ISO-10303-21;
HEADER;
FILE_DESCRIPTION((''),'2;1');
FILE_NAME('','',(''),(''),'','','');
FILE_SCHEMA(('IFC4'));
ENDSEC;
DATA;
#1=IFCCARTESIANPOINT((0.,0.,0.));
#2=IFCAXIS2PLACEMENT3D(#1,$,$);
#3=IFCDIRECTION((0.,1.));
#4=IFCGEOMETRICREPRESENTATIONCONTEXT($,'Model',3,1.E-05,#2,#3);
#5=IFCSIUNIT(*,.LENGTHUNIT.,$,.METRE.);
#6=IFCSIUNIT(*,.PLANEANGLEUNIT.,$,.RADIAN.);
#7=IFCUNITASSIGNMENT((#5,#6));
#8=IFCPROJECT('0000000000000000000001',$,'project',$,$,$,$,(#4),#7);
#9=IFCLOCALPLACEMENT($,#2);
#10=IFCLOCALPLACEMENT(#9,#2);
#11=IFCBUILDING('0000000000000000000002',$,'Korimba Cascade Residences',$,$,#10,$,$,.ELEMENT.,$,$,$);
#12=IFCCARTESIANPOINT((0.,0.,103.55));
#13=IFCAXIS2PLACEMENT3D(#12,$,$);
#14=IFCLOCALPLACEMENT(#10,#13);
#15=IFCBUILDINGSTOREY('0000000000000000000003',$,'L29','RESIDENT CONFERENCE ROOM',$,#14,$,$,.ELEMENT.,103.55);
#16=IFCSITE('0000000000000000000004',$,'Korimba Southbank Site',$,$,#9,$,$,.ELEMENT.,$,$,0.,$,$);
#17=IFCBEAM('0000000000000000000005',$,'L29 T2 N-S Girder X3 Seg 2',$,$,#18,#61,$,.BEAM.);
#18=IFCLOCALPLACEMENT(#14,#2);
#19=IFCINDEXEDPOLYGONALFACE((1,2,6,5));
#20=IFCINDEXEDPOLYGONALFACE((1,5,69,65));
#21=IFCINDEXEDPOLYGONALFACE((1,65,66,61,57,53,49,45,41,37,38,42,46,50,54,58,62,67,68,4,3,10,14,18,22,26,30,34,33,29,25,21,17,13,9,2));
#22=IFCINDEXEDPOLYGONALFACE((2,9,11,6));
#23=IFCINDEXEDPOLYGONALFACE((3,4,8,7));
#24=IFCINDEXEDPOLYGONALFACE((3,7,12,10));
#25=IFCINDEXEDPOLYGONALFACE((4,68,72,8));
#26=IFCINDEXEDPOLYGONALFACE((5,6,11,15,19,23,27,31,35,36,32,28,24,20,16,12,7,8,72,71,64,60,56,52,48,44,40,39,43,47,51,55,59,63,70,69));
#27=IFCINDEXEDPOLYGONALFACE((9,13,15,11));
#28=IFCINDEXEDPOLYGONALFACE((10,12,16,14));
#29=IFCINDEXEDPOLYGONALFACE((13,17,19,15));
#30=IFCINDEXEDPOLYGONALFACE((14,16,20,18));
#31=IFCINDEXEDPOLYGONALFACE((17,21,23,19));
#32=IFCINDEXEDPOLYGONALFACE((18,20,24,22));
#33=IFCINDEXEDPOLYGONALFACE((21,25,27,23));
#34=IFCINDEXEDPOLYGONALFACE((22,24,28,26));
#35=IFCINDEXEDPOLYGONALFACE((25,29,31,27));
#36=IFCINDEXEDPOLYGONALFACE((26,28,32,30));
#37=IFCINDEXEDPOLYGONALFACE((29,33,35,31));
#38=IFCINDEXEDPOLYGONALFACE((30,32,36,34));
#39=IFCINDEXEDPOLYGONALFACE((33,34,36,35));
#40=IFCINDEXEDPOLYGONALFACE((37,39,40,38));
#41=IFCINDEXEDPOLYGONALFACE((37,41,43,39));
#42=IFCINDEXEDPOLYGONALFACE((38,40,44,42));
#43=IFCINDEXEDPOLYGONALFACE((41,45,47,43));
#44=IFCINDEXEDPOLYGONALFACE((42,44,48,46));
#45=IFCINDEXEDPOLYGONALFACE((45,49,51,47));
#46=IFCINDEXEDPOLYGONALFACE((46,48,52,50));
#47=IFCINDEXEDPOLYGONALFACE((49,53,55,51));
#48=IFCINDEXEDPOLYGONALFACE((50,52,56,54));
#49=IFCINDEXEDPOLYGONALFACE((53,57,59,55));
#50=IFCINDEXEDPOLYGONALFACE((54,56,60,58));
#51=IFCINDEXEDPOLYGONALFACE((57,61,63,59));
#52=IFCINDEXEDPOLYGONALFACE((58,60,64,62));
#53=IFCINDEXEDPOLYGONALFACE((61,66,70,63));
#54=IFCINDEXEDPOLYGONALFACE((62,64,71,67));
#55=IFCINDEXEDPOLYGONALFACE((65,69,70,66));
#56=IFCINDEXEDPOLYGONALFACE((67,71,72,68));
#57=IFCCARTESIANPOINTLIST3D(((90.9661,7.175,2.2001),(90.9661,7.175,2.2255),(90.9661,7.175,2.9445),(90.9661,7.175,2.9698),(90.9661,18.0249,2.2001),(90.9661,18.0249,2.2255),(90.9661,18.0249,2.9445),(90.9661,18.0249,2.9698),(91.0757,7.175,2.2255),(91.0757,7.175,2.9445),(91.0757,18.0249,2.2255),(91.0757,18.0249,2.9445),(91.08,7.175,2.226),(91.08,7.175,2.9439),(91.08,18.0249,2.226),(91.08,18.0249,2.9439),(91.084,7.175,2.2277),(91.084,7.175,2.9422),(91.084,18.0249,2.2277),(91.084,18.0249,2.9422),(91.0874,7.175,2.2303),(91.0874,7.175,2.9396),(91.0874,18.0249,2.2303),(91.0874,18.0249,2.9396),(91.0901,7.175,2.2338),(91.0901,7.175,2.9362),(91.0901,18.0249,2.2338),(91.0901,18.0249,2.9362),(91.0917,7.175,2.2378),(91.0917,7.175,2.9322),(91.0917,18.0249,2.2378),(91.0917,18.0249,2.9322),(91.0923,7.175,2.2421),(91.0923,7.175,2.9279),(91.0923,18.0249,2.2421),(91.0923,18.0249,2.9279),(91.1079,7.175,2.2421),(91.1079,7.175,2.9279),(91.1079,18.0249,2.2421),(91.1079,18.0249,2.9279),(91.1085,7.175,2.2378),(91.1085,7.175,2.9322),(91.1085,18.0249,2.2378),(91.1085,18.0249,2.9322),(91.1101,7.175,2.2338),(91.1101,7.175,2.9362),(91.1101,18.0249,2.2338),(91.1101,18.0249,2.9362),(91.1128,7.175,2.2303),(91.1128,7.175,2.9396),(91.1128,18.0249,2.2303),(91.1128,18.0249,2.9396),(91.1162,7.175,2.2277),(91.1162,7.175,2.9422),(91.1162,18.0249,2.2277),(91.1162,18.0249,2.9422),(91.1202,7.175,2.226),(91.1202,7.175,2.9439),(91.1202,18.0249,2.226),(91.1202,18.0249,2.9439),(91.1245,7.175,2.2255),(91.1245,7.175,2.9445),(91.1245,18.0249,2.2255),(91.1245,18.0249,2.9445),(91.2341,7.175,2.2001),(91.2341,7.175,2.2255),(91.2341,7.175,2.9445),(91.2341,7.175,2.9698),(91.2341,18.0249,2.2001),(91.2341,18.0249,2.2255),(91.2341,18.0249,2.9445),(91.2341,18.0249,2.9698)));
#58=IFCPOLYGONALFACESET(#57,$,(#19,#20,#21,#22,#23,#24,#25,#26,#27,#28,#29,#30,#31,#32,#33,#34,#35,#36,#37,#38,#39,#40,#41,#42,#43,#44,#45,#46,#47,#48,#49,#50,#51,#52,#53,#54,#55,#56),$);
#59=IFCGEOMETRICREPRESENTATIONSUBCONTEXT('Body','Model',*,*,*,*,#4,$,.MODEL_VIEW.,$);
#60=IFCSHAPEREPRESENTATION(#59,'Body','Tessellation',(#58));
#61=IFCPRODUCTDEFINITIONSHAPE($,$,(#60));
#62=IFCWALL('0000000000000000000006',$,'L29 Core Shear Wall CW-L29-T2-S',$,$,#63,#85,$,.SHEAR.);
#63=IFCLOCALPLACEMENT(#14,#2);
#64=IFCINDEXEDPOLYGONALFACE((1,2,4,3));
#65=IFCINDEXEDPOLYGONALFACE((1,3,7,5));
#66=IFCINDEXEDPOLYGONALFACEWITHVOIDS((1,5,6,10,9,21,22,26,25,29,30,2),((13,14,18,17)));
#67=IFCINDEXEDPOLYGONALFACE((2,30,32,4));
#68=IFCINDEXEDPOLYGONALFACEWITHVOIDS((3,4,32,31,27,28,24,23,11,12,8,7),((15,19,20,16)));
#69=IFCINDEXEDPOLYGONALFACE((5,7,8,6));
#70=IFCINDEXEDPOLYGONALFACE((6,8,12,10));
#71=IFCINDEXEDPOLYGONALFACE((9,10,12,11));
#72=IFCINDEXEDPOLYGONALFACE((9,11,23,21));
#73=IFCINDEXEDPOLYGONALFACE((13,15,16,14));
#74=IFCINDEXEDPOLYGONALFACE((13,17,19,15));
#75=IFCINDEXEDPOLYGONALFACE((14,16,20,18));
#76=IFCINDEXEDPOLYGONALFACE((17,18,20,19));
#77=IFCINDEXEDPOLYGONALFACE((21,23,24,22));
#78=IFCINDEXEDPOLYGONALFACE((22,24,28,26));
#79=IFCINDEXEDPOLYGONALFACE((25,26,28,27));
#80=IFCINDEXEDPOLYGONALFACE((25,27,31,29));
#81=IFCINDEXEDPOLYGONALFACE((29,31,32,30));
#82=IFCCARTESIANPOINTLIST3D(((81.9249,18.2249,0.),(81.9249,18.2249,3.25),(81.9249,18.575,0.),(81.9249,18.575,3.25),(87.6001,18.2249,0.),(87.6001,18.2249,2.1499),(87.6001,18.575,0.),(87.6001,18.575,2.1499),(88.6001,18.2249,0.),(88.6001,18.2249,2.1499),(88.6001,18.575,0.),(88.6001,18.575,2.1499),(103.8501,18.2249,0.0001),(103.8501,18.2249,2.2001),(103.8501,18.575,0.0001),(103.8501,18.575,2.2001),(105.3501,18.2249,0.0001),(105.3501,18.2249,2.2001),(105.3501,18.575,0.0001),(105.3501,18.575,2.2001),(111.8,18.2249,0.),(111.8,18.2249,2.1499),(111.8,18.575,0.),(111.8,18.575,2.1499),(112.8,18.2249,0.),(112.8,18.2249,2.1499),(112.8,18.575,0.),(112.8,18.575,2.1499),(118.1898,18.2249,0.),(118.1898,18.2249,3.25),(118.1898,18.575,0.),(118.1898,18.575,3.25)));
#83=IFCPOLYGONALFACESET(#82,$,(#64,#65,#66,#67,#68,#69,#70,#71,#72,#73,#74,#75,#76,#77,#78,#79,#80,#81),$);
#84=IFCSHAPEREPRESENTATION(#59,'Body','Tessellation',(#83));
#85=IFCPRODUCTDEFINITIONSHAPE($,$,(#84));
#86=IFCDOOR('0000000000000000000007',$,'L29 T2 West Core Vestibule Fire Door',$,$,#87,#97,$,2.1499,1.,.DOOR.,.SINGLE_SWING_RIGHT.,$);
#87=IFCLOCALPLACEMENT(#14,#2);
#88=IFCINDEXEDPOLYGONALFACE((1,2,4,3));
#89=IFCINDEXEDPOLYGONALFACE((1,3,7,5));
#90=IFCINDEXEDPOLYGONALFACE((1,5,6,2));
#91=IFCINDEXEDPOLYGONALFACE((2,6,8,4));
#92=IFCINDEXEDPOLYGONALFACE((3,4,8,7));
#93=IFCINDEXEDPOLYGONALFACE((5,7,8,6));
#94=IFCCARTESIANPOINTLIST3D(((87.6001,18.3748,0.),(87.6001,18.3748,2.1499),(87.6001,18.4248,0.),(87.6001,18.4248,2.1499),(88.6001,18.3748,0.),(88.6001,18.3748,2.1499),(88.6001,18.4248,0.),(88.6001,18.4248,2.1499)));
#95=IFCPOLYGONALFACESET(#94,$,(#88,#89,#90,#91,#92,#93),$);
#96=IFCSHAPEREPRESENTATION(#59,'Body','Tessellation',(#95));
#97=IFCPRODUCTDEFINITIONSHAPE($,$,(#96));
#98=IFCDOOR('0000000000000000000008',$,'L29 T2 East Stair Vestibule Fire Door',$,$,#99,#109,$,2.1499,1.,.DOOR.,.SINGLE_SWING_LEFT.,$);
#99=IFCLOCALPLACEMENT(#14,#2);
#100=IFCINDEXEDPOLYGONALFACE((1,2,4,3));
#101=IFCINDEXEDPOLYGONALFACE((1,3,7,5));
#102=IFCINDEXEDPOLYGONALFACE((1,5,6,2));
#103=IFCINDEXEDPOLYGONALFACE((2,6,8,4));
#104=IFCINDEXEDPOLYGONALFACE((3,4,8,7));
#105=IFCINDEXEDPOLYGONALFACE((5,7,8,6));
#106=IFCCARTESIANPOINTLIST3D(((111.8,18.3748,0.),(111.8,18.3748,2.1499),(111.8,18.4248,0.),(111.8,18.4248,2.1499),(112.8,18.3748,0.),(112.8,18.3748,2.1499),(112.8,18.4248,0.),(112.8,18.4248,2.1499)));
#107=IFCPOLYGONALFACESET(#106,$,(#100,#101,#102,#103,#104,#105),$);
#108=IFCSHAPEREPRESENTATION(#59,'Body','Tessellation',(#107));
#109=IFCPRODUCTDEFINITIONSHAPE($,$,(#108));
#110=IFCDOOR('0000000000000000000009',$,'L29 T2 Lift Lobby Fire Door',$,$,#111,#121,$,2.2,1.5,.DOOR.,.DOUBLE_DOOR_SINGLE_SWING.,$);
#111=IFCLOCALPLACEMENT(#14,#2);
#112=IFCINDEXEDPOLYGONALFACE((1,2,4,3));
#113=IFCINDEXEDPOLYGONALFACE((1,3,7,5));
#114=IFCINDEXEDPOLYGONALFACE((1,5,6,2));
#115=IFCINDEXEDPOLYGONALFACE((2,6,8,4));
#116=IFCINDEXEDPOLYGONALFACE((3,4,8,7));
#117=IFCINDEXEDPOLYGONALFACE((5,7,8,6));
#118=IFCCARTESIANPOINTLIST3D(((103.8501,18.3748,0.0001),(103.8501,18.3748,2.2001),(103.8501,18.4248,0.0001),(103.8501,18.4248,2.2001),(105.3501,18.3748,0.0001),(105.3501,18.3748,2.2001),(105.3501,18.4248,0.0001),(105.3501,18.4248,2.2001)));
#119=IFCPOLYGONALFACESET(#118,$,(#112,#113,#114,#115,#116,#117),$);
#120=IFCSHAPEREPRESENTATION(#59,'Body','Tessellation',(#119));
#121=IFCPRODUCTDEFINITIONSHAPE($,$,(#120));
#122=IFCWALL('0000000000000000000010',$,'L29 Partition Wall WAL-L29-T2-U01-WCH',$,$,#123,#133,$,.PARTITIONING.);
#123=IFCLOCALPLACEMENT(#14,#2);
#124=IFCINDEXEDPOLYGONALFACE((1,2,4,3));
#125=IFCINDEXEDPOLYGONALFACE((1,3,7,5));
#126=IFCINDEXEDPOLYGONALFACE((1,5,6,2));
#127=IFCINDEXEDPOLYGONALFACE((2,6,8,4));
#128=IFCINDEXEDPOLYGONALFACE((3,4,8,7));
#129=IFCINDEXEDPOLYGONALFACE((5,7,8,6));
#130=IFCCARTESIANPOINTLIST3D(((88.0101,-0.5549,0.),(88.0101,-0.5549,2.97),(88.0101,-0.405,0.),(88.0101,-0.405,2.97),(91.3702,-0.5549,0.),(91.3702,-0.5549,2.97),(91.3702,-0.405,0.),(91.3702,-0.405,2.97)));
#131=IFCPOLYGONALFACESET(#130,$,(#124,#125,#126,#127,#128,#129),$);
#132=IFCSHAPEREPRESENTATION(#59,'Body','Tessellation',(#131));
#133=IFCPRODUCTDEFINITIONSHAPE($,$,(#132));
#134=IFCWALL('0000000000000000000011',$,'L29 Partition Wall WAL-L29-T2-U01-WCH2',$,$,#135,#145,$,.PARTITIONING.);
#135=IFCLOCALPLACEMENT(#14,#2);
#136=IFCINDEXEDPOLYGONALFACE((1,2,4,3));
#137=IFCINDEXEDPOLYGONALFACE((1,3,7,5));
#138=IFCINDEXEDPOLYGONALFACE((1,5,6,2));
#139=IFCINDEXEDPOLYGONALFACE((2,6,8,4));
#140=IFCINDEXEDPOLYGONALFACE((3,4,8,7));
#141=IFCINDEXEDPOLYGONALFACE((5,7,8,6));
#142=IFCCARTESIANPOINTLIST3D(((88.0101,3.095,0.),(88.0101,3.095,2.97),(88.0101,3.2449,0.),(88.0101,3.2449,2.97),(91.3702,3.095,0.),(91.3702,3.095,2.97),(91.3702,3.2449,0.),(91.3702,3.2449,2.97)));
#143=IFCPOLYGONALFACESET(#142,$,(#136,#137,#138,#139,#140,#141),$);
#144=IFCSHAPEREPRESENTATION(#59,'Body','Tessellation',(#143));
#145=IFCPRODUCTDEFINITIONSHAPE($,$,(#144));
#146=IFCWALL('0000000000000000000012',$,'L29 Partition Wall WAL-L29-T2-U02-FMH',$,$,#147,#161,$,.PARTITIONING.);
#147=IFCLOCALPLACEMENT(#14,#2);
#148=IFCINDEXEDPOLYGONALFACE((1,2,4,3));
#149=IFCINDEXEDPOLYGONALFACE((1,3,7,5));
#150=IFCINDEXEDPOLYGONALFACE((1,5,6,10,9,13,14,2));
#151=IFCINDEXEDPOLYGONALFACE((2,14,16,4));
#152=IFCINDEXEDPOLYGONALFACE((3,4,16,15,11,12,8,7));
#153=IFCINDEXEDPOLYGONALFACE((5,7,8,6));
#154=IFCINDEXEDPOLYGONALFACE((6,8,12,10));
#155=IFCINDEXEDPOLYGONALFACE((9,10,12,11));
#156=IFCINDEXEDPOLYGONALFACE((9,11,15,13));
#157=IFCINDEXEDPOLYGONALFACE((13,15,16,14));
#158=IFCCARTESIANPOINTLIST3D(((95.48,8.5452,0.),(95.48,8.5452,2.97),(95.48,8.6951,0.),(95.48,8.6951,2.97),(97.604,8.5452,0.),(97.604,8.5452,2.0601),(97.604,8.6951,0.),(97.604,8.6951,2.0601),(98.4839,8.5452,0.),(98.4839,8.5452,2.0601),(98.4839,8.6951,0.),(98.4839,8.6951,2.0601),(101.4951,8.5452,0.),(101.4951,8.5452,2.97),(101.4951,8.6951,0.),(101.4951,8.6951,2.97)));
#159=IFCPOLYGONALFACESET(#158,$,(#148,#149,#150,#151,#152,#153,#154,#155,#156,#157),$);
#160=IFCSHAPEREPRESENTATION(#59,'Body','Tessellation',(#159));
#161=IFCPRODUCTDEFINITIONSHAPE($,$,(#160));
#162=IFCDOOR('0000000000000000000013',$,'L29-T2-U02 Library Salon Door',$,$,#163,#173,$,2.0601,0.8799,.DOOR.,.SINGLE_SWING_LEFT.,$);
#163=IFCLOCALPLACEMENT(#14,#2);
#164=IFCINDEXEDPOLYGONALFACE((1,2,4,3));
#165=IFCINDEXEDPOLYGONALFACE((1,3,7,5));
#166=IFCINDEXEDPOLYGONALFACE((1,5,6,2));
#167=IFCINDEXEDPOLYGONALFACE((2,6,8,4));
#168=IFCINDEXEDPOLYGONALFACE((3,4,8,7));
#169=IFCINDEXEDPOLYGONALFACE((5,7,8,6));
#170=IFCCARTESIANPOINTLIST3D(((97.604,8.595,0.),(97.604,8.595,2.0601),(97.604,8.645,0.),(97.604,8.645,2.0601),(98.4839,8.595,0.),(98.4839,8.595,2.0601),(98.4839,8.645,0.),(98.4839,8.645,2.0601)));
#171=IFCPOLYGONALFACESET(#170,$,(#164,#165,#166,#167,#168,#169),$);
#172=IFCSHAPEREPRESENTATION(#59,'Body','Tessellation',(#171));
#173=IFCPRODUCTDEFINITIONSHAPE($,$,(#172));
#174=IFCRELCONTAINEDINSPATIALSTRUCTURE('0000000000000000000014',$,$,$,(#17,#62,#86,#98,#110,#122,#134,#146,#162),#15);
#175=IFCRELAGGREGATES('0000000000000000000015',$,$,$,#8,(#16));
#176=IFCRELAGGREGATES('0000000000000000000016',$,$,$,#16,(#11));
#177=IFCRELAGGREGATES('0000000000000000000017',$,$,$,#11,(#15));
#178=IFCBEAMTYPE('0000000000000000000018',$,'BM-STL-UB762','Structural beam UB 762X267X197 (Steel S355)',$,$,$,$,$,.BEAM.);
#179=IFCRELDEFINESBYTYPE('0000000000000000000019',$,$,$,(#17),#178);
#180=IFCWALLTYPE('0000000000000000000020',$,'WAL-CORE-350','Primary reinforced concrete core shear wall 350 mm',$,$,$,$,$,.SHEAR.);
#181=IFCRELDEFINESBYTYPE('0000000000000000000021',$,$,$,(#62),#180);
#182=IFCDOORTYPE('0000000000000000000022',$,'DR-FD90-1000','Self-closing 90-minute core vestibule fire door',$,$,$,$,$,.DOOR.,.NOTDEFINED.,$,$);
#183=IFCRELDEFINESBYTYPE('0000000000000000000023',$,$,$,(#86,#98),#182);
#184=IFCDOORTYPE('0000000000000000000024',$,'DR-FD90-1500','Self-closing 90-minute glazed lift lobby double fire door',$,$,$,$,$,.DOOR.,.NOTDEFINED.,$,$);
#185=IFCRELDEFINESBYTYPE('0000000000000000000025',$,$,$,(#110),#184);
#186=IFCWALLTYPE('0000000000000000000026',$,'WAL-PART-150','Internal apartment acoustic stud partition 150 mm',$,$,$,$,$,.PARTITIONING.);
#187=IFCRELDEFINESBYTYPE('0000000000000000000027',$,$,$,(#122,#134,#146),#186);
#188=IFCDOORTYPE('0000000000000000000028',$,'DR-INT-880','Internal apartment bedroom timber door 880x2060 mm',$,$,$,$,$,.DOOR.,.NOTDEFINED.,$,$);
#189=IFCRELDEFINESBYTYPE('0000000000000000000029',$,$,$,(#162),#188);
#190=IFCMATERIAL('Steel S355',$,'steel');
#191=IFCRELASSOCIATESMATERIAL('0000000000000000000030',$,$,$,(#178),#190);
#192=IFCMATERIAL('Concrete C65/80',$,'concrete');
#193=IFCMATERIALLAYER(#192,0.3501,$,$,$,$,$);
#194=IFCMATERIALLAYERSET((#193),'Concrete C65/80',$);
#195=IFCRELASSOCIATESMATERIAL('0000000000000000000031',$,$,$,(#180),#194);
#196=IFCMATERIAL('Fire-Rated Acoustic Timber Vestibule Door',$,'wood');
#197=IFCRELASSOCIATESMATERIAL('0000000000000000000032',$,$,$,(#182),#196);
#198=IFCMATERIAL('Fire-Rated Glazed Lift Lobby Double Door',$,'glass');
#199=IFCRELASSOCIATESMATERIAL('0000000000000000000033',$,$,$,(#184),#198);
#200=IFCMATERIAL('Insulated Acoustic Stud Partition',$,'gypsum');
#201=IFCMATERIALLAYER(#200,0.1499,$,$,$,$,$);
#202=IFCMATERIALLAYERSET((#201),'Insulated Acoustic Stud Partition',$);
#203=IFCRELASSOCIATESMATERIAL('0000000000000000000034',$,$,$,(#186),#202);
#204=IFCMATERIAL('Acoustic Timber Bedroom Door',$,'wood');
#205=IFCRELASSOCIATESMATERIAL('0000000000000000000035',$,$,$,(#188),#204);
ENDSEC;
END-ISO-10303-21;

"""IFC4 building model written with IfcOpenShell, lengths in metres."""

from ifc_helpers import new_model, si_unit, direction, frame, frame_2d, origin, origin_2d, place, context, subcontext, project, spatial, rectangle, i_section, extrude, material, layer, layer_set, material_profile, profile_set, type_object, element, fill, save


model = new_model("IFC4")

# Units and contexts
model_context = context("Model", 3, precision=1e-05, world=origin(), true_north=direction((0.0, 1.0)))
body_context = subcontext(model_context, "Body", "Model", "MODEL_VIEW")
ifc_project = project(units=[si_unit("LENGTHUNIT", "METRE"), si_unit("PLANEANGLEUNIT", "RADIAN")], contexts=[model_context])

# Site, building, storey
site_placement = place(None, origin())
site = spatial("IfcSite", under=ifc_project, at=site_placement, Name="Korimba Southbank Site", CompositionType="ELEMENT", RefElevation=0.0)
building_placement = place(site_placement, origin())
building = spatial("IfcBuilding", under=site, at=building_placement, Name="Korimba Cascade Residences", CompositionType="ELEMENT")
storey_placement = place(building_placement, frame((0.0, 0.0, 103.55)))
storey = spatial("IfcBuildingStorey", under=building, at=storey_placement, Name="L29", Description="RESIDENT CONFERENCE ROOM", CompositionType="ELEMENT", Elevation=103.55)

# Shared definitions
ifc_material_1 = material(Name="Concrete C65/80", Category="concrete")

# Beam
ifc_material_2 = material(Name="Steel S355", Category="steel")
ifc_material_profile_1 = material_profile(ifc_material_2, i_section(OverallWidth=0.2681, OverallDepth=0.7698, WebThickness=0.0156, FlangeThickness=0.0254, FilletRadius=0.0166, at=origin_2d()), Name="Steel S355")
ifc_profile_set_1 = profile_set([ifc_material_profile_1], Name="Steel S355")
beam_type_1 = type_object("IfcBeamType", Name="BM-STL-UB762", Description="Structural beam UB 762X267X197 (Steel S355)", PredefinedType="BEAM", material=ifc_profile_set_1)
for number, where, z_axis, x_axis, name in (
    (1, (91.1001, 7.175, 2.585), (0.0, 1.0, 0.0), (-1.0, 0.0, 0.0), "L29 T2 N-S Girder X3 Seg 2"),
):
    element("IfcBeam", number, at=place(storey_placement, frame(where, z_axis=z_axis, x_axis=x_axis)), inside=storey, type_object=beam_type_1, Name=name, PredefinedType="BEAM", context=body_context, shape_type="SweptSolid", body=[
        extrude(i_section(OverallWidth=0.2681, OverallDepth=0.7698, WebThickness=0.0156, FlangeThickness=0.0254, FilletRadius=0.0166, at=origin_2d()), origin(), (0.0, 0.0, 1.0), 10.8499),
    ])

# Wall, openings, doors
ifc_layer_1 = layer(ifc_material_1, 0.3501)
ifc_layer_set_1 = layer_set([ifc_layer_1], Name="Concrete C65/80")
wall_type_1 = type_object("IfcWallType", Name="WAL-CORE-350", Description="Primary reinforced concrete core shear wall 350 mm", PredefinedType="SHEAR", material=ifc_layer_set_1)
wall_1_placement = place(storey_placement, frame((81.925, 18.3999, 0.0), z_axis=(0.0, 0.0, 1.0), x_axis=(1.0, 0.0, 0.0)))
wall_1 = element("IfcWall", 2, at=wall_1_placement, inside=storey, type_object=wall_type_1, Name="L29 Core Shear Wall CW-L29-T2-S", PredefinedType="SHEAR", context=body_context, shape_type="SweptSolid", body=[
    extrude(rectangle(XDim=36.2649, YDim=0.3501, at=frame_2d((18.1323, 0.0))), origin(), (0.0, 0.0, 1.0), 3.25),
])
opening_1_placement = place(wall_1_placement, frame((5.675, 0.0, 0.0)))
opening_1 = element("IfcOpeningElement", 3, at=opening_1_placement, cuts=wall_1, PredefinedType="OPENING", context=body_context, shape_type="SweptSolid", body=[
    extrude(rectangle(XDim=1.0, YDim=2.1499, at=frame_2d((0.5, 1.075))), frame((0.0, 0.1851, 0.0), z_axis=(0.0, -1.0, 0.0), x_axis=(1.0, 0.0, 0.0)), (0.0, 0.0, 1.0), 0.3701),
])
opening_2_placement = place(wall_1_placement, frame((21.925, 0.0, 0.0)))
opening_2 = element("IfcOpeningElement", 4, at=opening_2_placement, cuts=wall_1, PredefinedType="OPENING", context=body_context, shape_type="SweptSolid", body=[
    extrude(rectangle(XDim=1.5, YDim=2.2, at=frame_2d((0.75, 1.1001))), frame((0.0, 0.1851, 0.0), z_axis=(0.0, -1.0, 0.0), x_axis=(1.0, 0.0, 0.0)), (0.0, 0.0, 1.0), 0.3701),
])
opening_3_placement = place(wall_1_placement, frame((29.875, 0.0, 0.0)))
opening_3 = element("IfcOpeningElement", 5, at=opening_3_placement, cuts=wall_1, PredefinedType="OPENING", context=body_context, shape_type="SweptSolid", body=[
    extrude(rectangle(XDim=1.0, YDim=2.1499, at=frame_2d((0.5, 1.075))), frame((0.0, 0.1851, 0.0), z_axis=(0.0, -1.0, 0.0), x_axis=(1.0, 0.0, 0.0)), (0.0, 0.0, 1.0), 0.3701),
])
ifc_material_3 = material(Name="Fire-Rated Acoustic Timber Vestibule Door", Category="wood")
door_type_1 = type_object("IfcDoorType", Name="DR-FD90-1000", Description="Self-closing 90-minute core vestibule fire door", OperationType="NOTDEFINED", PredefinedType="DOOR", material=ifc_material_3)
door_1_placement = place(opening_1_placement, origin())
door_1 = element("IfcDoor", 6, at=door_1_placement, inside=storey, type_object=door_type_1, Name="L29 T2 West Core Vestibule Fire Door", OperationType="SINGLE_SWING_RIGHT", OverallHeight=2.1499, OverallWidth=1.0, PredefinedType="DOOR", context=body_context, shape_type="SweptSolid", body=[
    extrude(rectangle(XDim=1.0, YDim=2.1499, at=frame_2d((0.5, 1.075))), frame((0.0, 0.0249, 0.0), z_axis=(0.0, -1.0, 0.0), x_axis=(1.0, 0.0, 0.0)), (0.0, 0.0, 1.0), 0.05),
])
fill(opening_1, door_1)
door_2_placement = place(opening_3_placement, origin())
door_2 = element("IfcDoor", 7, at=door_2_placement, inside=storey, type_object=door_type_1, Name="L29 T2 East Stair Vestibule Fire Door", OperationType="SINGLE_SWING_LEFT", OverallHeight=2.1499, OverallWidth=1.0, PredefinedType="DOOR", context=body_context, shape_type="SweptSolid", body=[
    extrude(rectangle(XDim=1.0, YDim=2.1499, at=frame_2d((0.5, 1.075))), frame((0.0, 0.0249, 0.0), z_axis=(0.0, -1.0, 0.0), x_axis=(1.0, 0.0, 0.0)), (0.0, 0.0, 1.0), 0.05),
])
fill(opening_3, door_2)
ifc_material_4 = material(Name="Fire-Rated Glazed Lift Lobby Double Door", Category="glass")
door_type_2 = type_object("IfcDoorType", Name="DR-FD90-1500", Description="Self-closing 90-minute glazed lift lobby double fire door", OperationType="NOTDEFINED", PredefinedType="DOOR", material=ifc_material_4)
door_3_placement = place(opening_2_placement, origin())
door_3 = element("IfcDoor", 8, at=door_3_placement, inside=storey, type_object=door_type_2, Name="L29 T2 Lift Lobby Fire Door", OperationType="DOUBLE_DOOR_SINGLE_SWING", OverallHeight=2.2, OverallWidth=1.5, PredefinedType="DOOR", context=body_context, shape_type="SweptSolid", body=[
    extrude(rectangle(XDim=1.5, YDim=2.2, at=frame_2d((0.75, 1.1001))), frame((0.0, 0.0249, 0.0), z_axis=(0.0, -1.0, 0.0), x_axis=(1.0, 0.0, 0.0)), (0.0, 0.0, 1.0), 0.05),
])
fill(opening_2, door_3)

# Walls
ifc_material_5 = material(Name="Insulated Acoustic Stud Partition", Category="gypsum")
ifc_layer_2 = layer(ifc_material_5, 0.1499)
ifc_layer_set_2 = layer_set([ifc_layer_2], Name="Insulated Acoustic Stud Partition")
wall_type_2 = type_object("IfcWallType", Name="WAL-PART-150", Description="Internal apartment acoustic stud partition 150 mm", PredefinedType="PARTITIONING", material=ifc_layer_set_2)
for number, where, z_axis, x_axis, name in (
    (9, (88.01, -0.48, 0.0), (0.0, 0.0, 1.0), (1.0, 0.0, 0.0), "L29 Partition Wall WAL-L29-T2-U01-WCH"),
    (10, (88.01, 3.1699, 0.0), (0.0, 0.0, 1.0), (1.0, 0.0, 0.0), "L29 Partition Wall WAL-L29-T2-U01-WCH2"),
):
    element("IfcWall", number, at=place(storey_placement, frame(where, z_axis=z_axis, x_axis=x_axis)), inside=storey, type_object=wall_type_2, Name=name, PredefinedType="PARTITIONING", context=body_context, shape_type="SweptSolid", body=[
        extrude(rectangle(XDim=3.3601, YDim=0.1499, at=frame_2d((1.6802, 0.0))), origin(), (0.0, 0.0, 1.0), 2.97),
    ])

# Wall, opening, door
wall_2_placement = place(storey_placement, frame((95.48, 8.6201, 0.0), z_axis=(0.0, 0.0, 1.0), x_axis=(1.0, 0.0, 0.0)))
wall_2 = element("IfcWall", 11, at=wall_2_placement, inside=storey, type_object=wall_type_2, Name="L29 Partition Wall WAL-L29-T2-U02-FMH", PredefinedType="PARTITIONING", context=body_context, shape_type="SweptSolid", body=[
    extrude(rectangle(XDim=6.0151, YDim=0.1499, at=frame_2d((3.0076, 0.0))), origin(), (0.0, 0.0, 1.0), 2.97),
])
opening_4_placement = place(wall_2_placement, frame((2.124, 0.0, 0.0)))
opening_4 = element("IfcOpeningElement", 12, at=opening_4_placement, cuts=wall_2, PredefinedType="OPENING", context=body_context, shape_type="SweptSolid", body=[
    extrude(rectangle(XDim=0.8799, YDim=2.0601, at=frame_2d((0.4399, 1.03))), frame((0.0, 0.085, 0.0), z_axis=(0.0, -1.0, 0.0), x_axis=(1.0, 0.0, 0.0)), (0.0, 0.0, 1.0), 0.1699),
])
ifc_material_6 = material(Name="Acoustic Timber Bedroom Door", Category="wood")
door_type_3 = type_object("IfcDoorType", Name="DR-INT-880", Description="Internal apartment bedroom timber door 880x2060 mm", OperationType="NOTDEFINED", PredefinedType="DOOR", material=ifc_material_6)
door_4_placement = place(opening_4_placement, origin())
door_4 = element("IfcDoor", 13, at=door_4_placement, inside=storey, type_object=door_type_3, Name="L29-T2-U02 Library Salon Door", OperationType="SINGLE_SWING_LEFT", OverallHeight=2.0601, OverallWidth=0.8799, PredefinedType="DOOR", context=body_context, shape_type="SweptSolid", body=[
    extrude(rectangle(XDim=0.8799, YDim=2.0601, at=frame_2d((0.4399, 1.03))), frame((0.0, 0.0249, 0.0), z_axis=(0.0, -1.0, 0.0), x_axis=(1.0, 0.0, 0.0)), (0.0, 0.0, 1.0), 0.05),
])
fill(opening_4, door_4)

save(model, "model.ifc")
